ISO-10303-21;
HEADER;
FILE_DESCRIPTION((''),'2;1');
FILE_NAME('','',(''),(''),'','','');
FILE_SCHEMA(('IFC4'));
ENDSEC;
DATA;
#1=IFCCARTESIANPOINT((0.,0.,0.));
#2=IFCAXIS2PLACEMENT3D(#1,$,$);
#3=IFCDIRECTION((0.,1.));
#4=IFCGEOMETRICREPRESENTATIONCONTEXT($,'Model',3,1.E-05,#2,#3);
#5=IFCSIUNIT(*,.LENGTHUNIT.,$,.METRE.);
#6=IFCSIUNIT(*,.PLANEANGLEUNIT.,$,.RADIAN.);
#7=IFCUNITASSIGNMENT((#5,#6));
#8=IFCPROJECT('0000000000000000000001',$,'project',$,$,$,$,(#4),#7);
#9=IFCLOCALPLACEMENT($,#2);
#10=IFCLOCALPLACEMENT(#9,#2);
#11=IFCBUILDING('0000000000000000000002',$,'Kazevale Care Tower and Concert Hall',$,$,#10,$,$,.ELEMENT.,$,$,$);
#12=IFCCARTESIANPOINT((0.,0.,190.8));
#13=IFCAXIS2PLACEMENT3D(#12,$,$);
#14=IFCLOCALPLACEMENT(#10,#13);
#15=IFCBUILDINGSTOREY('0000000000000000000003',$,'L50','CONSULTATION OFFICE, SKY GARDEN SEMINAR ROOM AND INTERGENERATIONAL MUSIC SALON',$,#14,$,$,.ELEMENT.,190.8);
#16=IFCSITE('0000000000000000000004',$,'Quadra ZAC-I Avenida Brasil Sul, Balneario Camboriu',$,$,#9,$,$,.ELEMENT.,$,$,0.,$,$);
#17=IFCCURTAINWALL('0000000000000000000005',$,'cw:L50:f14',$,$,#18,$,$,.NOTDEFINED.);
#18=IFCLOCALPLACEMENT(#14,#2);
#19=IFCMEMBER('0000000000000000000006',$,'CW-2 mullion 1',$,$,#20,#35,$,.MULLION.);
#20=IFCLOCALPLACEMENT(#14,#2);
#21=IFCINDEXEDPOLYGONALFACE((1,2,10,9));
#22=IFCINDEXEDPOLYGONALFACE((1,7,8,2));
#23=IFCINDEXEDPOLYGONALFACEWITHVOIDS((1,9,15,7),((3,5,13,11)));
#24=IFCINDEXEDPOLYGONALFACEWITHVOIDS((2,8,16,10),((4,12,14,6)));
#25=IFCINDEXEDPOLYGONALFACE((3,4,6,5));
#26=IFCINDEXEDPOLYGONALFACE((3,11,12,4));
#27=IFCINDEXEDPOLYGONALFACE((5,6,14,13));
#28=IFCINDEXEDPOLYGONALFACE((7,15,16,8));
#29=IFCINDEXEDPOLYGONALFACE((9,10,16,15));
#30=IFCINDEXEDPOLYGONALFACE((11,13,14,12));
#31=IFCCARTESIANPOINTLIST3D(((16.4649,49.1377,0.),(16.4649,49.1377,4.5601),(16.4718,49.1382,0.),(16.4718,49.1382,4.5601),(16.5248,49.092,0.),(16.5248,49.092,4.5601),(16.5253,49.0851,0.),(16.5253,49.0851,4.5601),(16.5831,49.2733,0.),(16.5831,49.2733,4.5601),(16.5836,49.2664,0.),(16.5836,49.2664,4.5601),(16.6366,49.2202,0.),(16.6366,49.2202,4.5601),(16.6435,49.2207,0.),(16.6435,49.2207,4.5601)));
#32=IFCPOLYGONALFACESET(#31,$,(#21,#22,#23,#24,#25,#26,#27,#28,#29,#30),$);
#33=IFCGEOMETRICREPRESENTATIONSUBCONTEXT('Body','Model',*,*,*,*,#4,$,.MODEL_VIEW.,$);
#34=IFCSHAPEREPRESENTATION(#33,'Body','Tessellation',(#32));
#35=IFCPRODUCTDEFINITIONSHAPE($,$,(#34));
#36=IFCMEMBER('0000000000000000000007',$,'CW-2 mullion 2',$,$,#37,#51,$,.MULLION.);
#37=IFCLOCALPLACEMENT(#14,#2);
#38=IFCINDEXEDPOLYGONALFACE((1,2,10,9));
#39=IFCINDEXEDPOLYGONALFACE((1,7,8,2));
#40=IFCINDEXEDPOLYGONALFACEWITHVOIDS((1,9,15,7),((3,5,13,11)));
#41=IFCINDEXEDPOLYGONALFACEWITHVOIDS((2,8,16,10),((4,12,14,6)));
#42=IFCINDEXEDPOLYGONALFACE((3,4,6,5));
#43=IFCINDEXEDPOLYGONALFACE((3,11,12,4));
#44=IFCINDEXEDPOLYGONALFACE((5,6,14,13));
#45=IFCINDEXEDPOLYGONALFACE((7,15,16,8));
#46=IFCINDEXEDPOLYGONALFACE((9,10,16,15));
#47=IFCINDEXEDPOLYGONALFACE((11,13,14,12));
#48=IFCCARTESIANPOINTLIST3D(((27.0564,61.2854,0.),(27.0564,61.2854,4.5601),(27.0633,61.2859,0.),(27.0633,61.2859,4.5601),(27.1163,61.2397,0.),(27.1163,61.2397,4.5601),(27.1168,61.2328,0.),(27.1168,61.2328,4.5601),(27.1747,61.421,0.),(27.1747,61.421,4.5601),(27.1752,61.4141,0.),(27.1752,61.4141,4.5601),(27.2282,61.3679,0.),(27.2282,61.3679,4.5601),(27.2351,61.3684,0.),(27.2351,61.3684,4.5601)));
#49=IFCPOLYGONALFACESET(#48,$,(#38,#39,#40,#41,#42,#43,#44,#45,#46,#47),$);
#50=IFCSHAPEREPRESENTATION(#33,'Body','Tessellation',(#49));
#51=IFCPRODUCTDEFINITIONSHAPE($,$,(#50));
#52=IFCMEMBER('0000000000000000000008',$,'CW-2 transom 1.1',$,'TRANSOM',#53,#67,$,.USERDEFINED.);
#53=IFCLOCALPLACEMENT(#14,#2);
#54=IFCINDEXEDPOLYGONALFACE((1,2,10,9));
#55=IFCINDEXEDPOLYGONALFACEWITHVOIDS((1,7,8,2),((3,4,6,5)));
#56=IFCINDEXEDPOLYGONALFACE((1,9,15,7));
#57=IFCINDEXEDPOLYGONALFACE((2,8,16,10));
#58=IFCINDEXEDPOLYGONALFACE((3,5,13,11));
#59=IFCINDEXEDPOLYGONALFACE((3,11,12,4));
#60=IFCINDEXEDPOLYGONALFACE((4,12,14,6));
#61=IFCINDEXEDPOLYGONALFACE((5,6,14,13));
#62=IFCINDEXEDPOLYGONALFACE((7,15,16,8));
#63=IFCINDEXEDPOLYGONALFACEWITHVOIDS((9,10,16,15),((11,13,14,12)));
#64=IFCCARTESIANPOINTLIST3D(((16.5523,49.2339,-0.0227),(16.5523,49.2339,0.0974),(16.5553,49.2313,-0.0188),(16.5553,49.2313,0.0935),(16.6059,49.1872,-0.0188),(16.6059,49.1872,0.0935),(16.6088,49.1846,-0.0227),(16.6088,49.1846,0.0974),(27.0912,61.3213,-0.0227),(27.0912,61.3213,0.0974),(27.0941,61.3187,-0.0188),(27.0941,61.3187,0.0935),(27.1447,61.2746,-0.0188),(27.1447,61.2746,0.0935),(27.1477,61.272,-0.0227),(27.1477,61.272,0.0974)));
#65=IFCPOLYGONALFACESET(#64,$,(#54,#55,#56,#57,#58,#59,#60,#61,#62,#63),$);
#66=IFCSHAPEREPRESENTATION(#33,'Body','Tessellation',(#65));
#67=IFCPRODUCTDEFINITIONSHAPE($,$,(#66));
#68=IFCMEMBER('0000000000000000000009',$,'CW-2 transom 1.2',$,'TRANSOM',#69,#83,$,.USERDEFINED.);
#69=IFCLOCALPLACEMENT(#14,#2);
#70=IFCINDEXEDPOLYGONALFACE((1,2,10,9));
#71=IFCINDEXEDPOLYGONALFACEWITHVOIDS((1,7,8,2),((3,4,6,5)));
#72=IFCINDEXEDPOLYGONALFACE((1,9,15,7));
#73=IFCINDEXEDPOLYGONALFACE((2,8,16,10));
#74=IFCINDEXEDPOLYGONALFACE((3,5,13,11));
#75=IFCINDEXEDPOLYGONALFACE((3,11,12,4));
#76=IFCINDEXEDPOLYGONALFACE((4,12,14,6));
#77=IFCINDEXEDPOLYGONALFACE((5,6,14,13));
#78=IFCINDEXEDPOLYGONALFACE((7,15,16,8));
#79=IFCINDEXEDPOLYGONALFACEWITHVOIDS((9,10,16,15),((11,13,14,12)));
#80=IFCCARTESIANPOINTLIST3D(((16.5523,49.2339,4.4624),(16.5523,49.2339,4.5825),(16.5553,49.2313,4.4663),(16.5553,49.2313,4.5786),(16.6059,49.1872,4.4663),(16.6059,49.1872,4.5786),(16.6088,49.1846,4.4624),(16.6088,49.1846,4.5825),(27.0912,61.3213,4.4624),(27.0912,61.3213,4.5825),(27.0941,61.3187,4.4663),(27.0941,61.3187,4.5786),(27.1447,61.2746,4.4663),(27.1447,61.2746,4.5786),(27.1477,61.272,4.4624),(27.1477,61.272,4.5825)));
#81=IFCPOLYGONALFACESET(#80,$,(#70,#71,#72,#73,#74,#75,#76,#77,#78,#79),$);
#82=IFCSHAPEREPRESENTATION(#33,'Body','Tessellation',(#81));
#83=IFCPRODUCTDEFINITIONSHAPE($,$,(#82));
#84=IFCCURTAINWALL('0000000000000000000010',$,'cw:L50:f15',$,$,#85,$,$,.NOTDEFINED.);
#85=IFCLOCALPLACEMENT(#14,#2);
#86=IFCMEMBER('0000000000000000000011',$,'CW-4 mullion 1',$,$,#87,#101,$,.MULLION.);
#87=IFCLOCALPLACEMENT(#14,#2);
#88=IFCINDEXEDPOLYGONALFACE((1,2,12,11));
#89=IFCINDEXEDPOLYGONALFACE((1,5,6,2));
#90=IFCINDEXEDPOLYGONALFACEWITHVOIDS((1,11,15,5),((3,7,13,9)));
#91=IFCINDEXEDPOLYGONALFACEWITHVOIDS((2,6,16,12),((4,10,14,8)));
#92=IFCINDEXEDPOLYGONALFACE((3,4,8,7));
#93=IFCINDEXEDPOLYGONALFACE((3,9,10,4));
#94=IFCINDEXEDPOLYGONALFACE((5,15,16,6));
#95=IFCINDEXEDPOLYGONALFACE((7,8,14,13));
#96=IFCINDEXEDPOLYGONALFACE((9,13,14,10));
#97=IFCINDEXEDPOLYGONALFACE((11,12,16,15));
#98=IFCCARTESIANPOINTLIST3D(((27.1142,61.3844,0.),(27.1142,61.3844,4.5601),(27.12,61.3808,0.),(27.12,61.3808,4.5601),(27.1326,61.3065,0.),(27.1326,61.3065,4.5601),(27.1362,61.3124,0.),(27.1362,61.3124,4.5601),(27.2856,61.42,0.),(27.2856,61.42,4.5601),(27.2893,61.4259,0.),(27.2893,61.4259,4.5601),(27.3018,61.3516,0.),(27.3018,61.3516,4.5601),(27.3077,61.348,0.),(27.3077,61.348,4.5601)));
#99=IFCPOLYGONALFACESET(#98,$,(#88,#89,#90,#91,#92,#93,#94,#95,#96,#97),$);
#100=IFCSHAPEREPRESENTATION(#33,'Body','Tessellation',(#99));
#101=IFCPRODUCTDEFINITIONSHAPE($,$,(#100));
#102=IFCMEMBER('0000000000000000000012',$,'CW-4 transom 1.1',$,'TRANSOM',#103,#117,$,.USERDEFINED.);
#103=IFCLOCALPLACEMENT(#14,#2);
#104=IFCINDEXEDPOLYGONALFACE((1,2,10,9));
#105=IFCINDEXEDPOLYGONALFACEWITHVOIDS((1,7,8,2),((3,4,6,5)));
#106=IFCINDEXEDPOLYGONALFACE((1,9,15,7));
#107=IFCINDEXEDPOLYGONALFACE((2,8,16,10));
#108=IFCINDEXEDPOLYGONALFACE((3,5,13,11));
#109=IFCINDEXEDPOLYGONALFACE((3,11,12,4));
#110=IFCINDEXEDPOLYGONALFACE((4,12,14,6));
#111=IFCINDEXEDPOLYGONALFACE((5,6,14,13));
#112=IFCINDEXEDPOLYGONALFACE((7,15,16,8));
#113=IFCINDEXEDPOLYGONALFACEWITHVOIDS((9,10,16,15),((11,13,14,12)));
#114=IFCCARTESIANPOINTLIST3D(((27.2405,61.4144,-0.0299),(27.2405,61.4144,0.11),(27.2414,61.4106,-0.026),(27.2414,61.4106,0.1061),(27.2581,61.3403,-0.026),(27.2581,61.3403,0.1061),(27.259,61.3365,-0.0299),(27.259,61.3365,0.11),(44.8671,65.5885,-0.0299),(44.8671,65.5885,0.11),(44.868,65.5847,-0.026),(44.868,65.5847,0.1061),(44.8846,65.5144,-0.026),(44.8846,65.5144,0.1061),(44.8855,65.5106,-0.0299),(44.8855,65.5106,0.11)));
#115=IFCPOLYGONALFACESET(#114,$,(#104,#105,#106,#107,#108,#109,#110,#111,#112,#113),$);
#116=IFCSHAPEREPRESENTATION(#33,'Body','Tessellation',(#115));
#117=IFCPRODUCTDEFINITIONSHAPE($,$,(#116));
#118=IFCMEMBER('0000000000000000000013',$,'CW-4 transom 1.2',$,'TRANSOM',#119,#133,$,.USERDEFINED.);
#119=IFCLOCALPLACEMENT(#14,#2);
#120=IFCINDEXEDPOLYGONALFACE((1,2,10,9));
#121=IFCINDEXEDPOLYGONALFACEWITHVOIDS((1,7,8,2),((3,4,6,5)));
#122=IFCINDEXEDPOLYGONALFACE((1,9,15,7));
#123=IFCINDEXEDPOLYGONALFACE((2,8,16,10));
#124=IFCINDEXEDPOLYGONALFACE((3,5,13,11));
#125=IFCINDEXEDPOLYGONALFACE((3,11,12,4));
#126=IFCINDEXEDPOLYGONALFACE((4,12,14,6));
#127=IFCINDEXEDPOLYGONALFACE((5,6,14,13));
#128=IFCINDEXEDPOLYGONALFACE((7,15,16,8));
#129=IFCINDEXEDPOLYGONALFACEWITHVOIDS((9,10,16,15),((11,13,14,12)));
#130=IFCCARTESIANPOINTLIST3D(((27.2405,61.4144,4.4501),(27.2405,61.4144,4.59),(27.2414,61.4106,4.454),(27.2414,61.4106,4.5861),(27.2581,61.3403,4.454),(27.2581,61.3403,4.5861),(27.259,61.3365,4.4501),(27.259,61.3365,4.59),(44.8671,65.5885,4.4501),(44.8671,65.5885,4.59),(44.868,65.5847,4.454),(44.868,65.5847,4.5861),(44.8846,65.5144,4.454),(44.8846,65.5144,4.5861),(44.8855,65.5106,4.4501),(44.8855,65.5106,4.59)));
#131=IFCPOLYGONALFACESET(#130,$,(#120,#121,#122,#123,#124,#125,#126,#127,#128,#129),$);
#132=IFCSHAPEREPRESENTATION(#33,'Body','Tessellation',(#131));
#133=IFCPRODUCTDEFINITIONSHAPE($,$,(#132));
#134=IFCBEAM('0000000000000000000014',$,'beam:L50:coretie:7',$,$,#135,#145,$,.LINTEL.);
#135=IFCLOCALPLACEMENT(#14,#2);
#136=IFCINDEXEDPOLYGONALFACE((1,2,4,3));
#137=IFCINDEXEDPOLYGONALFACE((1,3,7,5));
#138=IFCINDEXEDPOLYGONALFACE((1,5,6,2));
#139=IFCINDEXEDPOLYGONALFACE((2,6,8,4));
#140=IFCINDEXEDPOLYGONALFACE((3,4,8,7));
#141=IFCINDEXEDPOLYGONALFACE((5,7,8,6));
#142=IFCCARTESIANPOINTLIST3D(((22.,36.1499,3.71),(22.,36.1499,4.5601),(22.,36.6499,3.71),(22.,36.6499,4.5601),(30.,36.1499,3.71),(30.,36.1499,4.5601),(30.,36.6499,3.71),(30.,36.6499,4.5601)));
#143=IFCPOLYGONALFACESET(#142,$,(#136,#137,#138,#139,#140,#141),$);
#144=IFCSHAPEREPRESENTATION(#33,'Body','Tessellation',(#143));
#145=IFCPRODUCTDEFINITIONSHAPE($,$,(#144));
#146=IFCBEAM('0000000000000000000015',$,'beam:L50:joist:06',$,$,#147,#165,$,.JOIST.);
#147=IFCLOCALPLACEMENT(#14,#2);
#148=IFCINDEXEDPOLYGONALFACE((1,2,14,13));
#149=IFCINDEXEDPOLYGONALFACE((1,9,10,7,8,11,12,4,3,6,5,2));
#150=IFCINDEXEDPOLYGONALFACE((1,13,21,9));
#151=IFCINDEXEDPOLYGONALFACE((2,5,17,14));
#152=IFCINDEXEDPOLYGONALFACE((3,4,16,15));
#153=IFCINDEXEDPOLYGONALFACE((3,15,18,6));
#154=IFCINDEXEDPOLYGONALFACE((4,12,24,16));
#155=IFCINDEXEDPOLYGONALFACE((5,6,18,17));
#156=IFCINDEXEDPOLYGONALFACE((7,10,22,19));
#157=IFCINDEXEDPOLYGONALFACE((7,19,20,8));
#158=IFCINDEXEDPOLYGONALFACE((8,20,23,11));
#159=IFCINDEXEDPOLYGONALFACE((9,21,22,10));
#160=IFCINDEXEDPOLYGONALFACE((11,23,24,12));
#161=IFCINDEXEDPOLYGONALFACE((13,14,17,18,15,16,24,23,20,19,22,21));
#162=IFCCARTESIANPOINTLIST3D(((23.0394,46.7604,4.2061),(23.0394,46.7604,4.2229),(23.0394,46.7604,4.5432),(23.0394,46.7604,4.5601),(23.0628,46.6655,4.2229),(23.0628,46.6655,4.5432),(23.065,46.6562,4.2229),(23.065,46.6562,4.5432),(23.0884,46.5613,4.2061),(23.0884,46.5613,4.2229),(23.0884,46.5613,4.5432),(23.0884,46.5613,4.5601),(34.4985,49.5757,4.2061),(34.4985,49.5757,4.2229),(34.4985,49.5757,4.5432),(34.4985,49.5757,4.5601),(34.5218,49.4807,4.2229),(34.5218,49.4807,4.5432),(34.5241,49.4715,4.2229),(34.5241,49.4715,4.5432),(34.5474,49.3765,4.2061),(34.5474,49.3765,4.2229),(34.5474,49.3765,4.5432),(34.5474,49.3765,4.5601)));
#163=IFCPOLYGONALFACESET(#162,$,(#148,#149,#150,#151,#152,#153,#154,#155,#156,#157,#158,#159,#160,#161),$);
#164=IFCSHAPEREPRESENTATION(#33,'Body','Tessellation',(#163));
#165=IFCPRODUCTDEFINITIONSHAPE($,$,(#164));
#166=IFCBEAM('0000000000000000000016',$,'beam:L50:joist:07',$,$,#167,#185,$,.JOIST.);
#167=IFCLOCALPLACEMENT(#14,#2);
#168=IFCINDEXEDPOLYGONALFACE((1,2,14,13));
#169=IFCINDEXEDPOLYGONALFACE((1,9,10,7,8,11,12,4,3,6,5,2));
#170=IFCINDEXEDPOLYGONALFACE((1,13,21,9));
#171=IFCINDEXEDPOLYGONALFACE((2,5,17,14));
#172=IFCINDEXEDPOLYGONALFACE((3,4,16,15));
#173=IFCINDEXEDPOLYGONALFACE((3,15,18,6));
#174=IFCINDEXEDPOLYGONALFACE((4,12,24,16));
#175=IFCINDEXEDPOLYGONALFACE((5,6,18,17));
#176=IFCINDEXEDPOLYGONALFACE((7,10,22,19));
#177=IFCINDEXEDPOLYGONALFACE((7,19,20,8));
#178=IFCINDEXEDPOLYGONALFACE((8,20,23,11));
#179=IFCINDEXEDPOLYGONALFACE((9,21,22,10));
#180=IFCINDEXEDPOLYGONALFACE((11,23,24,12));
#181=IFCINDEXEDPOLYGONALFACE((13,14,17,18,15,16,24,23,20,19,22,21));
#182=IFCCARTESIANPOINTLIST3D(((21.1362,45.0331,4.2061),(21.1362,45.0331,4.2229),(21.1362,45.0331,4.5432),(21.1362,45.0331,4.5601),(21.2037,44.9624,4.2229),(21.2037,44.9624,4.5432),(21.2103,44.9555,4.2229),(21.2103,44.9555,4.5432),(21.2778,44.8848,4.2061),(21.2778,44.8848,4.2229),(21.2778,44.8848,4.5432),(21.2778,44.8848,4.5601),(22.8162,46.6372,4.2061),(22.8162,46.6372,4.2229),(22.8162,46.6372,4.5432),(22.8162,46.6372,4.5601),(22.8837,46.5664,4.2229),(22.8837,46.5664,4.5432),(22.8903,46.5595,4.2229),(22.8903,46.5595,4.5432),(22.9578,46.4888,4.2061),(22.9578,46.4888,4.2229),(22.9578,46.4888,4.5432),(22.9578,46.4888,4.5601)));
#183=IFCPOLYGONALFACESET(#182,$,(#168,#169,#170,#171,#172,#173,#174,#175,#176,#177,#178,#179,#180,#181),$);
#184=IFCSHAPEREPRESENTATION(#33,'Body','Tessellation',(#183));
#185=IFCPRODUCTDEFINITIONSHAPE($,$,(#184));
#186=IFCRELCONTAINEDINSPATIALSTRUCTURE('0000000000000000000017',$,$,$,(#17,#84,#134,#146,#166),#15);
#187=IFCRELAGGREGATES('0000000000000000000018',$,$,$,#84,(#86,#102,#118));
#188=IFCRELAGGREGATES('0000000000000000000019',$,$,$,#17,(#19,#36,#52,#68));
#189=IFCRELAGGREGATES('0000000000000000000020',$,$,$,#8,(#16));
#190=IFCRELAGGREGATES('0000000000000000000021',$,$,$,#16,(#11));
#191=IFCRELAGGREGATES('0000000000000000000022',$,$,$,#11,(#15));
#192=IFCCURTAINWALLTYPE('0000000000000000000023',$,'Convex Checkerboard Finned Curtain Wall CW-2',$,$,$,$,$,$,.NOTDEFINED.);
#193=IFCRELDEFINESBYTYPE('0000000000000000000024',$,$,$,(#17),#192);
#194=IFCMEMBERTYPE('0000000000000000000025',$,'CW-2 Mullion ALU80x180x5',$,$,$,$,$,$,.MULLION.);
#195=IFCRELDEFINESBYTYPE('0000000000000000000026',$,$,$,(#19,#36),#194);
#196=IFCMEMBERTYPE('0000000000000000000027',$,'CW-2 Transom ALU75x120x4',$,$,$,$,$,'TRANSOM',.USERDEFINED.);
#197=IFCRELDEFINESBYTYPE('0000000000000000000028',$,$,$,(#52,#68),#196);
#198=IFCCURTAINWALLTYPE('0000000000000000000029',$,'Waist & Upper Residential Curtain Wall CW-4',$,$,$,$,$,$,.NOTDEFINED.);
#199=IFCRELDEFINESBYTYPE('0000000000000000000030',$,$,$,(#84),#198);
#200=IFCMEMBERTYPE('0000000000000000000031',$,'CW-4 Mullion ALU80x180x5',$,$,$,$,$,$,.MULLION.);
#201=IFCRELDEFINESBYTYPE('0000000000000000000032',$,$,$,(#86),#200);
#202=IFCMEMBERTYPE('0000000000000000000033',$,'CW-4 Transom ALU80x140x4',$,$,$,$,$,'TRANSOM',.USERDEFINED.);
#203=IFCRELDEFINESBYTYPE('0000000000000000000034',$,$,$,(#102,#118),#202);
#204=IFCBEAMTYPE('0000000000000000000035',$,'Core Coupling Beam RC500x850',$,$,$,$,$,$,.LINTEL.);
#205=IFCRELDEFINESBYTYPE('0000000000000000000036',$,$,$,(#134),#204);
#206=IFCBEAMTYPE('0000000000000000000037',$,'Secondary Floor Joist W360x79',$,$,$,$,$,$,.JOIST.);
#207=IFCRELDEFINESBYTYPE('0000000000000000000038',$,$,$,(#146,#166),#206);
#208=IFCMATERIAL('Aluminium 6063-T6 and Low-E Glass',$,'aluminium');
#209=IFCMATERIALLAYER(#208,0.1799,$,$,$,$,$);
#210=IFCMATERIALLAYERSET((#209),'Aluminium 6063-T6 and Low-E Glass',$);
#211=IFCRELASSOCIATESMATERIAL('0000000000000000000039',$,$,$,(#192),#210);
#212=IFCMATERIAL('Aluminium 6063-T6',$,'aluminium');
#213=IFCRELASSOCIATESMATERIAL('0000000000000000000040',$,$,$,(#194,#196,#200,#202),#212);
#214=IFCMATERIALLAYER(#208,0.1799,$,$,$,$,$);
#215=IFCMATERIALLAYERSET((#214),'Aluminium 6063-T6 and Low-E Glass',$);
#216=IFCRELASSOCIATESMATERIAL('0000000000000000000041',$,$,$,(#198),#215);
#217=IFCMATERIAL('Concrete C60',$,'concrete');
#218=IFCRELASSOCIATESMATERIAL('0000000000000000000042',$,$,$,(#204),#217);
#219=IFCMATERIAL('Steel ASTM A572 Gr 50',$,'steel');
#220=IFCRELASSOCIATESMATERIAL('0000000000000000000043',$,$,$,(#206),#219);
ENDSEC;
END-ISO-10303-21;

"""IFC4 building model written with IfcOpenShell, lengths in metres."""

from ifc_helpers import new_model, si_unit, direction, frame, origin, origin_2d, place, context, subcontext, project, spatial, rectangle, hollow_rectangle, i_section, extrude, material, layer, layer_set, material_profile, profile_set, type_object, element, aggregate, save


model = new_model("IFC4")

# Units and contexts
model_context = context("Model", 3, precision=1e-05, world=origin(), true_north=direction((0.0, 1.0)))
body_context = subcontext(model_context, "Body", "Model", "MODEL_VIEW")
ifc_project = project(units=[si_unit("LENGTHUNIT", "METRE"), si_unit("PLANEANGLEUNIT", "RADIAN")], contexts=[model_context])

# Site, building, storey
site_placement = place(None, origin())
site = spatial("IfcSite", under=ifc_project, at=site_placement, Name="Quadra ZAC-I Avenida Brasil Sul, Balneario Camboriu", CompositionType="ELEMENT", RefElevation=0.0)
building_placement = place(site_placement, origin())
building = spatial("IfcBuilding", under=site, at=building_placement, Name="Kazevale Care Tower and Concert Hall", CompositionType="ELEMENT")
storey_placement = place(building_placement, frame((0.0, 0.0, 190.8)))
storey = spatial("IfcBuildingStorey", under=building, at=storey_placement, Name="L50", Description="CONSULTATION OFFICE, SKY GARDEN SEMINAR ROOM AND INTERGENERATIONAL MUSIC SALON", CompositionType="ELEMENT", Elevation=190.8)

# Curtain walls, members
ifc_material_1 = material(Name="Aluminium 6063-T6 and Low-E Glass", Category="aluminium")
ifc_layer_1 = layer(ifc_material_1, 0.1799)
ifc_layer_set_1 = layer_set([ifc_layer_1], Name="Aluminium 6063-T6 and Low-E Glass")
curtain_wall_type_1 = type_object("IfcCurtainWallType", Name="Convex Checkerboard Finned Curtain Wall CW-2", PredefinedType="NOTDEFINED", material=ifc_layer_set_1)
curtain_wall_1_placement = place(storey_placement, origin())
curtain_wall_1 = element("IfcCurtainWall", 1, at=curtain_wall_1_placement, inside=storey, type_object=curtain_wall_type_1, Name="cw:L50:f14", PredefinedType="NOTDEFINED")
ifc_material_2 = material(Name="Aluminium 6063-T6", Category="aluminium")
ifc_material_profile_1 = material_profile(ifc_material_2, hollow_rectangle(XDim=0.0801, YDim=0.1799, WallThickness=0.0049, at=origin_2d()), Name="ALU80x180x5")
ifc_profile_set_1 = profile_set([ifc_material_profile_1], Name="Aluminium 6063-T6")
member_type_1 = type_object("IfcMemberType", Name="CW-2 Mullion ALU80x180x5", PredefinedType="MULLION", material=ifc_profile_set_1)
member_1_placement = place(storey_placement, frame((16.5542, 49.1792, 0.0), z_axis=(0.0, 0.0, 1.0), x_axis=(-0.753738, 0.657175, 0.0)))
member_1 = element("IfcMember", 2, at=member_1_placement, type_object=member_type_1, Name="CW-2 mullion 1", PredefinedType="MULLION", context=body_context, shape_type="SweptSolid", body=[
    extrude(hollow_rectangle(XDim=0.0801, YDim=0.1799, WallThickness=0.0049, at=origin_2d()), origin(), (0.0, 0.0, 1.0), 4.5601),
])
member_2_placement = place(storey_placement, frame((27.1458, 61.3269, 0.0), z_axis=(0.0, 0.0, 1.0), x_axis=(-0.753738, 0.657175, 0.0)))
member_2 = element("IfcMember", 3, at=member_2_placement, type_object=member_type_1, Name="CW-2 mullion 2", PredefinedType="MULLION", context=body_context, shape_type="SweptSolid", body=[
    extrude(hollow_rectangle(XDim=0.0801, YDim=0.1799, WallThickness=0.0049, at=origin_2d()), origin(), (0.0, 0.0, 1.0), 4.5601),
])
ifc_material_profile_2 = material_profile(ifc_material_2, hollow_rectangle(XDim=0.075, YDim=0.1201, WallThickness=0.0039, at=origin_2d()), Name="ALU75x120x4")
ifc_profile_set_2 = profile_set([ifc_material_profile_2], Name="Aluminium 6063-T6")
member_type_2 = type_object("IfcMemberType", Name="CW-2 Transom ALU75x120x4", ElementType="TRANSOM", PredefinedType="USERDEFINED", material=ifc_profile_set_2)
member_3_placement = place(storey_placement, frame((16.5806, 49.2092, 0.0374), z_axis=(0.657174, 0.753739, 0.0), x_axis=(-0.753739, 0.657174, 0.0)))
member_3 = element("IfcMember", 4, at=member_3_placement, type_object=member_type_2, Name="CW-2 transom 1.1", ObjectType="TRANSOM", PredefinedType="USERDEFINED", context=body_context, shape_type="SweptSolid", body=[
    extrude(hollow_rectangle(XDim=0.075, YDim=0.1201, WallThickness=0.0039, at=origin_2d()), origin(), (0.0, 0.0, 1.0), 16.0366),
])
member_4_placement = place(storey_placement, frame((16.5806, 49.2092, 4.5225), z_axis=(0.657174, 0.753739, 0.0), x_axis=(-0.753739, 0.657174, 0.0)))
member_4 = element("IfcMember", 5, at=member_4_placement, type_object=member_type_2, Name="CW-2 transom 1.2", ObjectType="TRANSOM", PredefinedType="USERDEFINED", context=body_context, shape_type="SweptSolid", body=[
    extrude(hollow_rectangle(XDim=0.075, YDim=0.1201, WallThickness=0.0039, at=origin_2d()), origin(), (0.0, 0.0, 1.0), 16.0366),
])
ifc_layer_2 = layer(ifc_material_1, 0.1799)
ifc_layer_set_2 = layer_set([ifc_layer_2], Name="Aluminium 6063-T6 and Low-E Glass")
curtain_wall_type_2 = type_object("IfcCurtainWallType", Name="Waist & Upper Residential Curtain Wall CW-4", PredefinedType="NOTDEFINED", material=ifc_layer_set_2)
curtain_wall_2_placement = place(storey_placement, origin())
curtain_wall_2 = element("IfcCurtainWall", 6, at=curtain_wall_2_placement, inside=storey, type_object=curtain_wall_type_2, Name="cw:L50:f15", PredefinedType="NOTDEFINED")
ifc_material_profile_3 = material_profile(ifc_material_2, hollow_rectangle(XDim=0.0801, YDim=0.1799, WallThickness=0.0049, at=origin_2d()), Name="ALU80x180x5")
ifc_profile_set_3 = profile_set([ifc_material_profile_3], Name="Aluminium 6063-T6")
member_type_3 = type_object("IfcMemberType", Name="CW-4 Mullion ALU80x180x5", PredefinedType="MULLION", material=ifc_profile_set_3)
member_5_placement = place(storey_placement, frame((27.2109, 61.3662, 0.0), z_axis=(0.0, 0.0, 1.0), x_axis=(-0.230439, 0.973087, 0.0)))
member_5 = element("IfcMember", 7, at=member_5_placement, type_object=member_type_3, Name="CW-4 mullion 1", PredefinedType="MULLION", context=body_context, shape_type="SweptSolid", body=[
    extrude(hollow_rectangle(XDim=0.0801, YDim=0.1799, WallThickness=0.0049, at=origin_2d()), origin(), (0.0, 0.0, 1.0), 4.5601),
])
ifc_material_profile_4 = material_profile(ifc_material_2, hollow_rectangle(XDim=0.0801, YDim=0.1399, WallThickness=0.0039, at=origin_2d()), Name="ALU80x140x4")
ifc_profile_set_4 = profile_set([ifc_material_profile_4], Name="Aluminium 6063-T6")
member_type_4 = type_object("IfcMemberType", Name="CW-4 Transom ALU80x140x4", ElementType="TRANSOM", PredefinedType="USERDEFINED", material=ifc_profile_set_4)
member_6_placement = place(storey_placement, frame((27.2498, 61.3755, 0.04), z_axis=(0.973088, 0.230434, 0.0), x_axis=(-0.230434, 0.973088, 0.0)))
member_6 = element("IfcMember", 8, at=member_6_placement, type_object=member_type_4, Name="CW-4 transom 1.1", ObjectType="TRANSOM", PredefinedType="USERDEFINED", context=body_context, shape_type="SweptSolid", body=[
    extrude(hollow_rectangle(XDim=0.0801, YDim=0.1399, WallThickness=0.0039, at=origin_2d()), origin(), (0.0, 0.0, 1.0), 18.114),
])
member_7_placement = place(storey_placement, frame((27.2498, 61.3755, 4.52), z_axis=(0.973088, 0.230434, 0.0), x_axis=(-0.230434, 0.973088, 0.0)))
member_7 = element("IfcMember", 9, at=member_7_placement, type_object=member_type_4, Name="CW-4 transom 1.2", ObjectType="TRANSOM", PredefinedType="USERDEFINED", context=body_context, shape_type="SweptSolid", body=[
    extrude(hollow_rectangle(XDim=0.0801, YDim=0.1399, WallThickness=0.0039, at=origin_2d()), origin(), (0.0, 0.0, 1.0), 18.114),
])
aggregate(curtain_wall_2, [member_5, member_6, member_7])

# Beams
ifc_material_3 = material(Name="Concrete C60", Category="concrete")
ifc_material_profile_5 = material_profile(ifc_material_3, rectangle(XDim=0.5, YDim=0.8501, at=origin_2d()), Name="RC-B500x850")
ifc_profile_set_5 = profile_set([ifc_material_profile_5], Name="Concrete C60")
beam_type_1 = type_object("IfcBeamType", Name="Core Coupling Beam RC500x850", PredefinedType="LINTEL", material=ifc_profile_set_5)
beam_1_placement = place(storey_placement, frame((30.0, 36.3999, 4.135), z_axis=(-1.0, 0.0, 0.0), x_axis=(0.0, -1.0, 0.0)))
element("IfcBeam", 10, at=beam_1_placement, inside=storey, type_object=beam_type_1, Name="beam:L50:coretie:7", PredefinedType="LINTEL", context=body_context, shape_type="SweptSolid", body=[
    extrude(rectangle(XDim=0.5, YDim=0.8501, at=origin_2d()), origin(), (0.0, 0.0, 1.0), 8.0),
])
ifc_material_4 = material(Name="Steel ASTM A572 Gr 50", Category="steel")
ifc_material_profile_6 = material_profile(ifc_material_4, i_section(OverallWidth=0.2051, OverallDepth=0.354, WebThickness=0.0095, FlangeThickness=0.0168, at=origin_2d()), Name="W360x79")
ifc_profile_set_6 = profile_set([ifc_material_profile_6], Name="Steel ASTM A572 Gr 50")
beam_type_2 = type_object("IfcBeamType", Name="Secondary Floor Joist W360x79", PredefinedType="JOIST", material=ifc_profile_set_6)
beam_2_placement = place(storey_placement, frame((34.5229, 49.4761, 4.3831), z_axis=(-0.971123, -0.238581, 0.0), x_axis=(0.238581, -0.971123, 0.0)))
element("IfcBeam", 11, at=beam_2_placement, inside=storey, type_object=beam_type_2, Name="beam:L50:joist:06", PredefinedType="JOIST", context=body_context, shape_type="SweptSolid", body=[
    extrude(i_section(OverallWidth=0.2051, OverallDepth=0.354, WebThickness=0.0095, FlangeThickness=0.0168, at=origin_2d()), origin(), (0.0, 0.0, 1.0), 11.7998),
])
beam_3_placement = place(storey_placement, frame((22.887, 46.563, 4.3831), z_axis=(-0.723262, -0.690573, 0.0), x_axis=(0.690573, -0.723262, 0.0)))
element("IfcBeam", 12, at=beam_3_placement, inside=storey, type_object=beam_type_2, Name="beam:L50:joist:07", PredefinedType="JOIST", context=body_context, shape_type="SweptSolid", body=[
    extrude(i_section(OverallWidth=0.2051, OverallDepth=0.354, WebThickness=0.0095, FlangeThickness=0.0168, at=origin_2d()), origin(), (0.0, 0.0, 1.0), 2.3228),
])

aggregate(curtain_wall_1, [member_1, member_2, member_3, member_4])

save(model, "model.ifc")
